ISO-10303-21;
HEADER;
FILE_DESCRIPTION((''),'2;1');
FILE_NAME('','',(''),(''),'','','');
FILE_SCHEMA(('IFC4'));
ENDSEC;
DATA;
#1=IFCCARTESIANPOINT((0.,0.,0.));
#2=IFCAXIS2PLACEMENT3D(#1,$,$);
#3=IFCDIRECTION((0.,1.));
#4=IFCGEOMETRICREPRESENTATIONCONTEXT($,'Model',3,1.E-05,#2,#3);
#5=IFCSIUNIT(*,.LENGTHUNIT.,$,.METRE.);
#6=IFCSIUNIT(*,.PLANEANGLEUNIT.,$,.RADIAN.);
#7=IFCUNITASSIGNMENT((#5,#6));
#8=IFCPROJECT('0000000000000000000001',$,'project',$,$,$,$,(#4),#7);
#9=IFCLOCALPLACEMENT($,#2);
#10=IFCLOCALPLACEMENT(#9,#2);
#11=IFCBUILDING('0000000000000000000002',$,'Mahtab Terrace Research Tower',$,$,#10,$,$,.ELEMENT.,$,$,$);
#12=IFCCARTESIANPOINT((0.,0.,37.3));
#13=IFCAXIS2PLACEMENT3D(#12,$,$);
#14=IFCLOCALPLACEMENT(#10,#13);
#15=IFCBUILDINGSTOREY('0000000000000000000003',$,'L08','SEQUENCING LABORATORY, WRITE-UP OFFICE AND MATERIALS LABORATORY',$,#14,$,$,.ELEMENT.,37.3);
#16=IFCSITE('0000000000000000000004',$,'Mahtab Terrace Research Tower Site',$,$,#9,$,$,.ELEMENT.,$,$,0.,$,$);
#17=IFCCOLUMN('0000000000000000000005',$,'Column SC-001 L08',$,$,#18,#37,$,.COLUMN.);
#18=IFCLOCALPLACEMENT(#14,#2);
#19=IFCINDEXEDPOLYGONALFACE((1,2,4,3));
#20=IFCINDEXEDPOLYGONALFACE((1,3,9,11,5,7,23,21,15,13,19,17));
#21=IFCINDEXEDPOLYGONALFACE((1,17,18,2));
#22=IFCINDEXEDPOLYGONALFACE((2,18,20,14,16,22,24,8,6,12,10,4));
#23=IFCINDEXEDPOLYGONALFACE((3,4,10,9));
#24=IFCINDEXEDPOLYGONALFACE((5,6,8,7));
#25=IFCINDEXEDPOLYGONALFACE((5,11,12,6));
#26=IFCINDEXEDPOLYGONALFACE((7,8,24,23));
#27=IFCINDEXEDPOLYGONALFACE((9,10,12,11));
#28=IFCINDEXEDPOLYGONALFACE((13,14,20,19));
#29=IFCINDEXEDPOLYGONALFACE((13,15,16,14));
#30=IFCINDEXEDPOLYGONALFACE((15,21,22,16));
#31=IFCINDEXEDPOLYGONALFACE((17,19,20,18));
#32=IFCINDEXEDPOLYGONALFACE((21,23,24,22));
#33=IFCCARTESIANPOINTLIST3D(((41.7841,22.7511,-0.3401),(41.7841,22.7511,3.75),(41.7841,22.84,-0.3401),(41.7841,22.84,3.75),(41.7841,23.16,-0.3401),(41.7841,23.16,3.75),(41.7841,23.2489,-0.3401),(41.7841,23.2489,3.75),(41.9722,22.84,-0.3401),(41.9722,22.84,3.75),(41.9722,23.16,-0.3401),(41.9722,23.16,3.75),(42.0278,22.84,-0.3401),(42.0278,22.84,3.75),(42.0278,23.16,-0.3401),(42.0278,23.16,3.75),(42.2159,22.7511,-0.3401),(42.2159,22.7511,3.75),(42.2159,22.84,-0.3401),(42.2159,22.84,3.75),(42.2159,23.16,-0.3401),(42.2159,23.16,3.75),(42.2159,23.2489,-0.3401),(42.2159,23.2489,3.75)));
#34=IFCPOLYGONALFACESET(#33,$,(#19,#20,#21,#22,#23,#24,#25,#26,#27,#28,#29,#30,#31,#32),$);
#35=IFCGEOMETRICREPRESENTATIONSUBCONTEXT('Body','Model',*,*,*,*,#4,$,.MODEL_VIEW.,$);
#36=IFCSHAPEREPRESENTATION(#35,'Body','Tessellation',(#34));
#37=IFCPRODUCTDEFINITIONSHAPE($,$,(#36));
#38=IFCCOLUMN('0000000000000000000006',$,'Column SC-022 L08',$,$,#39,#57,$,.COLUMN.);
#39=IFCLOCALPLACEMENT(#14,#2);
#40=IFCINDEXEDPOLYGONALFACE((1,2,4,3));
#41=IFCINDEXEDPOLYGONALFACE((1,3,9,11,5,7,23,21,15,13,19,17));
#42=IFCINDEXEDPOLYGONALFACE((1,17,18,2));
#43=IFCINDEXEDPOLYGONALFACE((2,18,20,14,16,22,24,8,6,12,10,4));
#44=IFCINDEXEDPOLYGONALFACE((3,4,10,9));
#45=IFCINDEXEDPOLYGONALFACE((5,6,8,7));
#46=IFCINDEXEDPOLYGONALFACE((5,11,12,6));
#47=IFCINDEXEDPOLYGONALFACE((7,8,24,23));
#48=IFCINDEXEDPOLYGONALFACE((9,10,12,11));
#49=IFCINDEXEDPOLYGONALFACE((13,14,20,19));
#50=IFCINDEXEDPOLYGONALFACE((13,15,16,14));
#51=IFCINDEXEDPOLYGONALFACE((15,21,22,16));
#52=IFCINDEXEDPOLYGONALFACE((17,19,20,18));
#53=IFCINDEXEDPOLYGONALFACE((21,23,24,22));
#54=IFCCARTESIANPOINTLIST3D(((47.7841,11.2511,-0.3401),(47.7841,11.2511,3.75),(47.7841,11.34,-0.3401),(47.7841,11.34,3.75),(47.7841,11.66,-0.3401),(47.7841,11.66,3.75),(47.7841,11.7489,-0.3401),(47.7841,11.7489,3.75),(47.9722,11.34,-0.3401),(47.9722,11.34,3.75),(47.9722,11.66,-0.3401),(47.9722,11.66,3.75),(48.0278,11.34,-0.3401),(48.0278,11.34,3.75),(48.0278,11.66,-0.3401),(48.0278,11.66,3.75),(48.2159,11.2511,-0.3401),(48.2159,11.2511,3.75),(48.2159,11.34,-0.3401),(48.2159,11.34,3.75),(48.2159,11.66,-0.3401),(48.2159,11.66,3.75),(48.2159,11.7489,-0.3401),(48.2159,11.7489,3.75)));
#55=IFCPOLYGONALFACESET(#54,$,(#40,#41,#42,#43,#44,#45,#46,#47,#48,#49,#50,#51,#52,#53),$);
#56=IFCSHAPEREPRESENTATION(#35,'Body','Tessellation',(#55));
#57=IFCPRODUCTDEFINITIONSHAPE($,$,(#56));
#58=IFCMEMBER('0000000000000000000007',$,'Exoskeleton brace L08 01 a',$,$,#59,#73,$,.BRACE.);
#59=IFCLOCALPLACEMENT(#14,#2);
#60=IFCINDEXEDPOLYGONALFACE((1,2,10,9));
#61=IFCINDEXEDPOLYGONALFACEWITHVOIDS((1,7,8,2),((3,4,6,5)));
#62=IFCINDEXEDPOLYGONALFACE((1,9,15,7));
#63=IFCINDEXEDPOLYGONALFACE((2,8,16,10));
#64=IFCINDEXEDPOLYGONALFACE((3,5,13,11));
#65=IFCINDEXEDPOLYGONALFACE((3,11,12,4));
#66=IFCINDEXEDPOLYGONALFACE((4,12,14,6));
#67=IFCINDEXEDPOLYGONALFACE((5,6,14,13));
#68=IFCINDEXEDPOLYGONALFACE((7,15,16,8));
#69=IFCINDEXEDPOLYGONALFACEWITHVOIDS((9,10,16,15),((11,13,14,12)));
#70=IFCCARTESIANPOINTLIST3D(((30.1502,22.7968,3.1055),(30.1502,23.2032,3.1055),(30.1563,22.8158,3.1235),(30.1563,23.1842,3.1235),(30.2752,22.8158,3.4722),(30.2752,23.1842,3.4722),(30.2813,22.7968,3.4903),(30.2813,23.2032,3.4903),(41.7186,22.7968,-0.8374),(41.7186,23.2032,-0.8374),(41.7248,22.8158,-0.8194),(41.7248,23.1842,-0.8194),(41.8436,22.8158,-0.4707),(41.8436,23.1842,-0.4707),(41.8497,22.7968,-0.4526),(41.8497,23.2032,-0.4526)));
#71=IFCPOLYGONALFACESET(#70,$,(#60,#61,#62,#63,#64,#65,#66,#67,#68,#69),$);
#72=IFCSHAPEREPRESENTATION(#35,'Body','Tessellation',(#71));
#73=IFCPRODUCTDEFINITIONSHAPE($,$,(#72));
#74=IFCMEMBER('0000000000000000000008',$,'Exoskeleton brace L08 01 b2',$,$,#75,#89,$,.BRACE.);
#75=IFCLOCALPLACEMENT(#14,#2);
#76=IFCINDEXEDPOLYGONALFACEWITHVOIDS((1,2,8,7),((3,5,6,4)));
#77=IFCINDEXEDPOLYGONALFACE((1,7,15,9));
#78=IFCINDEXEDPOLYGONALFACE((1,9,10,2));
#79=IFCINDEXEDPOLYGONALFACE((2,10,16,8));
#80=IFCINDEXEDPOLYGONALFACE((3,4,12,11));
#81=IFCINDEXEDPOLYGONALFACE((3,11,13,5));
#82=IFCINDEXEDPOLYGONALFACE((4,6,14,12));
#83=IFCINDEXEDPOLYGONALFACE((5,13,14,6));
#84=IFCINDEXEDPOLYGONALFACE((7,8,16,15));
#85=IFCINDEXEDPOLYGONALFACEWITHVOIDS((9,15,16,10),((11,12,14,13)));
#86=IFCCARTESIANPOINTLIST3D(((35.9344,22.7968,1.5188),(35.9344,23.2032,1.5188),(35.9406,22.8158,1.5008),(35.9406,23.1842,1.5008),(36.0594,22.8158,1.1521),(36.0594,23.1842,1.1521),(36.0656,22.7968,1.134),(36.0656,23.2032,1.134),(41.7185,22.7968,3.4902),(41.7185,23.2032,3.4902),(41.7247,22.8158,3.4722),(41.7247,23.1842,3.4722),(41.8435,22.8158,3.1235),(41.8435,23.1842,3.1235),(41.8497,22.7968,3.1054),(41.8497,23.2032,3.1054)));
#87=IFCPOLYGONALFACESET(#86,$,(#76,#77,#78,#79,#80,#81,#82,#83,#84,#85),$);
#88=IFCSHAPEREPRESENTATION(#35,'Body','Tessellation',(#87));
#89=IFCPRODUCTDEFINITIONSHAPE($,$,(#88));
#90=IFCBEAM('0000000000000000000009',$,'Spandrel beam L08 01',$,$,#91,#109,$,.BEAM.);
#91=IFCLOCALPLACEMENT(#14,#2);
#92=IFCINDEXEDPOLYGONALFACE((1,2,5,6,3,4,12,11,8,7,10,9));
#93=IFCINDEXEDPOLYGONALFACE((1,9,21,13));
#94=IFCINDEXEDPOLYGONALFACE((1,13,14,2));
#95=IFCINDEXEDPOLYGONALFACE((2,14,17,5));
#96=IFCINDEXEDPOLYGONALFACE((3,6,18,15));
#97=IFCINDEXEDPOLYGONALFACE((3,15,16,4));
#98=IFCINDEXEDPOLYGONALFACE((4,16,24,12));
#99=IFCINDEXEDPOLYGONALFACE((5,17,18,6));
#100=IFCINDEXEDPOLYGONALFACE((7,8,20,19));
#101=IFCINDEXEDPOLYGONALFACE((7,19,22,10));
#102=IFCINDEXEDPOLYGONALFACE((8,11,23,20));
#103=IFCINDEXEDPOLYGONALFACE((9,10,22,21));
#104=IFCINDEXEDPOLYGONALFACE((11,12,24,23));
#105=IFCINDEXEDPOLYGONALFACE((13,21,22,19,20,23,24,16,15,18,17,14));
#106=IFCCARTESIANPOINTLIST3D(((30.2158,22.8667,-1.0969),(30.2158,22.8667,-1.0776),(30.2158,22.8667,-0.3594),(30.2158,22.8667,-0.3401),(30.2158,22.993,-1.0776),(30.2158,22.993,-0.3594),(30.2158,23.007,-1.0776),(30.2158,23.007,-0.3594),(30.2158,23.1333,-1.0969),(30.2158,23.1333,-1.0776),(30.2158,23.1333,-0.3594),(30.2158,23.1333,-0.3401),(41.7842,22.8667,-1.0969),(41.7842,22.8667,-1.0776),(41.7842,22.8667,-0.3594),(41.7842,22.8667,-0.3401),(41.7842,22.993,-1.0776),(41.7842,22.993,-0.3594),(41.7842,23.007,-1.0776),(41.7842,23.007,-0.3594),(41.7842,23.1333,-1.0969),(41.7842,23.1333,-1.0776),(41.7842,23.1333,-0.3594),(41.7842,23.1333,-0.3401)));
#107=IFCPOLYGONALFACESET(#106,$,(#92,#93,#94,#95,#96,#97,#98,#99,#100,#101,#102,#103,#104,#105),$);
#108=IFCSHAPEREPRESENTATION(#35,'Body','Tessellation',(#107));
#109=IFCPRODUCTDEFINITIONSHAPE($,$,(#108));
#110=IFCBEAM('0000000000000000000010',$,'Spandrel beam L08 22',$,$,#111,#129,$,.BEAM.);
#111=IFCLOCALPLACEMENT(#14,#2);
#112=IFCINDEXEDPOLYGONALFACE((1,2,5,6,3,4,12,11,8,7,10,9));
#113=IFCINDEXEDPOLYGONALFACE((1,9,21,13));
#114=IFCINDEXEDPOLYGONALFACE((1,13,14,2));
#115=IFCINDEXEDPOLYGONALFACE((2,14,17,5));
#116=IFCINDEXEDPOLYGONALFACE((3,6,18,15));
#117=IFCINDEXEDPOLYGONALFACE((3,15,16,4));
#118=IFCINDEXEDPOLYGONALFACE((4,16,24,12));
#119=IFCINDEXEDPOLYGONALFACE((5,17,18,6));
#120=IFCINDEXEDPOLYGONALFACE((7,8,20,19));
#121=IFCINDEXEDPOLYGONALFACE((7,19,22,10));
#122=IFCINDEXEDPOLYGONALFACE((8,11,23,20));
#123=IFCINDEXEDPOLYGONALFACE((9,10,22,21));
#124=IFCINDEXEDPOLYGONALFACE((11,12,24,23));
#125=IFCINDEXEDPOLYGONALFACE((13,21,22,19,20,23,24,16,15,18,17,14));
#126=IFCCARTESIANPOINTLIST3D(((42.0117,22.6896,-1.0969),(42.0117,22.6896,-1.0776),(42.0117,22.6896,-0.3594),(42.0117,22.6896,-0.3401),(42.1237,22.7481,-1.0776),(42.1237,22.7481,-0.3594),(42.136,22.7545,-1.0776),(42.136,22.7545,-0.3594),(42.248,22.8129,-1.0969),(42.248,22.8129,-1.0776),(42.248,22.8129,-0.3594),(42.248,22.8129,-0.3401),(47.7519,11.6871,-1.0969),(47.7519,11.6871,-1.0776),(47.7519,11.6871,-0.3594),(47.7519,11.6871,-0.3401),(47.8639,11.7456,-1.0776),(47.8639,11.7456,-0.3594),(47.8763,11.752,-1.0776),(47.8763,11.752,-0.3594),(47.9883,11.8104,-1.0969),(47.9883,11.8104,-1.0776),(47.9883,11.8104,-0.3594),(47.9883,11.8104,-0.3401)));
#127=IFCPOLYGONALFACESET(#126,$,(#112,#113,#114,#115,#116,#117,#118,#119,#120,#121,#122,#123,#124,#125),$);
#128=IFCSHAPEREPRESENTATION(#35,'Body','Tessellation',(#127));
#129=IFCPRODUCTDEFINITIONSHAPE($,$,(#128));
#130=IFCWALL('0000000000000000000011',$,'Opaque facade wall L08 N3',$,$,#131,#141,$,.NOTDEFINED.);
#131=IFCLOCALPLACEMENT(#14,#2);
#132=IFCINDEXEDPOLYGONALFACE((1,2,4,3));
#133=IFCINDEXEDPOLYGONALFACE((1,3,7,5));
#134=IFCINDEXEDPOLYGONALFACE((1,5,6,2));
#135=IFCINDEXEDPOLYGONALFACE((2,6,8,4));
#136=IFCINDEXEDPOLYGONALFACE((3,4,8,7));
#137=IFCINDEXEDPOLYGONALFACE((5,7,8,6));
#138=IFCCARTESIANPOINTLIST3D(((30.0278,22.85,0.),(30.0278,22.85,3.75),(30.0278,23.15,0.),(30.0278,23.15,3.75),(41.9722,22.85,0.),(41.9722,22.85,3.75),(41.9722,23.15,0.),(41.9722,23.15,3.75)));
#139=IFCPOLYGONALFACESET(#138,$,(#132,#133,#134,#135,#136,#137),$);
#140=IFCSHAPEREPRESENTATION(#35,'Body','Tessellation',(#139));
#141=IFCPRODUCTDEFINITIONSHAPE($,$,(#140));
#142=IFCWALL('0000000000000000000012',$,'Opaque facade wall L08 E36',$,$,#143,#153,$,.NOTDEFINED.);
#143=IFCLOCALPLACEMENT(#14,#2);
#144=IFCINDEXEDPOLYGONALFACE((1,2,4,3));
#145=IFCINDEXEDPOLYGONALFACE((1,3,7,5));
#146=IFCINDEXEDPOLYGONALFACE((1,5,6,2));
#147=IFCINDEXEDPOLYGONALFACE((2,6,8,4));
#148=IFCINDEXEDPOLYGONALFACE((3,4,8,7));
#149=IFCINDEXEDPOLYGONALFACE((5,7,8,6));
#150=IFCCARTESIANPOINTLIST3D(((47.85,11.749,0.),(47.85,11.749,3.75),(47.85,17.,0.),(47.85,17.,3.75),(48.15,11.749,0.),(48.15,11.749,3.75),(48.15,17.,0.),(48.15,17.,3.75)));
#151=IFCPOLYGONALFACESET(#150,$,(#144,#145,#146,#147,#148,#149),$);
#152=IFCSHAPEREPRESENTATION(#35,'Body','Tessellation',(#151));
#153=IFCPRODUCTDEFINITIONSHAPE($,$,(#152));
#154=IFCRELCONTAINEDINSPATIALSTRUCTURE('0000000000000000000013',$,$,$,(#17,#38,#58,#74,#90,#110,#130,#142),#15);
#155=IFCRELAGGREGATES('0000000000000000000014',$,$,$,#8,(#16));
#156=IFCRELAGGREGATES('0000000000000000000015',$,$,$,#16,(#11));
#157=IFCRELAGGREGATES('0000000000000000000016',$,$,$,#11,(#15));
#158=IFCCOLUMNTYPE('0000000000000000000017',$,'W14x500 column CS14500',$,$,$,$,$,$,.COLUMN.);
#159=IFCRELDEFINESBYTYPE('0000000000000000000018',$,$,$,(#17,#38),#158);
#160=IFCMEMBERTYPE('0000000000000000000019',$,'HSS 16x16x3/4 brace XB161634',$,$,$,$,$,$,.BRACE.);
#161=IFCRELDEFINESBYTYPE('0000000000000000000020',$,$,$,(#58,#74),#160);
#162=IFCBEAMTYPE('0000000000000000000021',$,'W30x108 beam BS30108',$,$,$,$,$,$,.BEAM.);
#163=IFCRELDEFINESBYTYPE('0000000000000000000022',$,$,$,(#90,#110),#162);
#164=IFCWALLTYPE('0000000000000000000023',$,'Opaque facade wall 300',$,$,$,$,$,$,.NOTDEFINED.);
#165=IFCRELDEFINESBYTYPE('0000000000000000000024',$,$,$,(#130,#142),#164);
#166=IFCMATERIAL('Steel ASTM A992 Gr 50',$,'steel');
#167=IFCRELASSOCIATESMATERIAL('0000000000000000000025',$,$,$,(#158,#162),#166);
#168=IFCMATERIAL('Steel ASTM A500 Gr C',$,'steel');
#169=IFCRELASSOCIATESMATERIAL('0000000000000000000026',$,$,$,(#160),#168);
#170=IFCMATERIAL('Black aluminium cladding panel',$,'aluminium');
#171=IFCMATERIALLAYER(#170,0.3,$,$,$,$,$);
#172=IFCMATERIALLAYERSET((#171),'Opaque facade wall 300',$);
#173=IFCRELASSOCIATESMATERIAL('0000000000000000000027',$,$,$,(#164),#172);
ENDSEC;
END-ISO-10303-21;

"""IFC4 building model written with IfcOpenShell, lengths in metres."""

from ifc_helpers import new_model, si_unit, direction, frame, frame_2d, origin, origin_2d, place, context, subcontext, project, spatial, rectangle, hollow_rectangle, i_section, extrude, material, layer, layer_set, material_profile, profile_set, type_object, element, save


model = new_model("IFC4")

# Units and contexts
model_context = context("Model", 3, precision=1e-05, world=origin(), true_north=direction((0.0, 1.0)))
body_context = subcontext(model_context, "Body", "Model", "MODEL_VIEW")
ifc_project = project(units=[si_unit("LENGTHUNIT", "METRE"), si_unit("PLANEANGLEUNIT", "RADIAN")], contexts=[model_context])

# Site, building, storey
site_placement = place(None, origin())
site = spatial("IfcSite", under=ifc_project, at=site_placement, Name="Mahtab Terrace Research Tower Site", CompositionType="ELEMENT", RefElevation=0.0)
building_placement = place(site_placement, origin())
building = spatial("IfcBuilding", under=site, at=building_placement, Name="Mahtab Terrace Research Tower", CompositionType="ELEMENT")
storey_placement = place(building_placement, frame((0.0, 0.0, 37.3)))
storey = spatial("IfcBuildingStorey", under=building, at=storey_placement, Name="L08", Description="SEQUENCING LABORATORY, WRITE-UP OFFICE AND MATERIALS LABORATORY", CompositionType="ELEMENT", Elevation=37.3)

# Columns
ifc_material_1 = material(Name="Steel ASTM A992 Gr 50", Category="steel")
ifc_material_profile_1 = material_profile(ifc_material_1, i_section(OverallWidth=0.4319, OverallDepth=0.4978, WebThickness=0.0557, FlangeThickness=0.0889, at=origin_2d()), Name="W14X500")
ifc_profile_set_1 = profile_set([ifc_material_profile_1], Name="Steel ASTM A992 Gr 50")
column_type = type_object("IfcColumnType", Name="W14x500 column CS14500", PredefinedType="COLUMN", material=ifc_profile_set_1)
for number, where, z_axis, x_axis, name in (
    (1, (42.0, 23.0, -0.3401), (0.0, 0.0, 1.0), (1.0, 0.0, 0.0), "Column SC-001 L08"),
    (2, (48.0, 11.5, -0.3401), (0.0, 0.0, 1.0), (1.0, 0.0, 0.0), "Column SC-022 L08"),
):
    element("IfcColumn", number, at=place(storey_placement, frame(where, z_axis=z_axis, x_axis=x_axis)), inside=storey, type_object=column_type, Name=name, PredefinedType="COLUMN", context=body_context, shape_type="SweptSolid", body=[
        extrude(i_section(OverallWidth=0.4319, OverallDepth=0.4978, WebThickness=0.0557, FlangeThickness=0.0889, at=origin_2d()), origin(), (0.0, 0.0, 1.0), 4.0901),
    ])

# Members
ifc_material_2 = material(Name="Steel ASTM A500 Gr C", Category="steel")
ifc_material_profile_2 = material_profile(ifc_material_2, hollow_rectangle(XDim=0.4065, YDim=0.4065, WallThickness=0.019, at=origin_2d()), Name="HSS16X16X3/4")
ifc_profile_set_2 = profile_set([ifc_material_profile_2], Name="Steel ASTM A500 Gr C")
member_type = type_object("IfcMemberType", Name="HSS 16x16x3/4 brace XB161634", PredefinedType="BRACE", material=ifc_profile_set_2)
member_1_placement = place(storey_placement, frame((41.7842, 23.0, -0.645), z_axis=(-0.946532, 0.0, 0.322609), x_axis=(0.0, -1.0, 0.0)))
element("IfcMember", 3, at=member_1_placement, inside=storey, type_object=member_type, Name="Exoskeleton brace L08 01 a", PredefinedType="BRACE", context=body_context, shape_type="SweptSolid", body=[
    extrude(hollow_rectangle(XDim=0.4065, YDim=0.4065, WallThickness=0.019, at=origin_2d()), origin(), (0.0, 0.0, 1.0), 12.2219),
])
member_2_placement = place(storey_placement, frame((36.0, 23.0, 1.3264), z_axis=(0.946532, 0.0, 0.322609), x_axis=(0.0, 1.0, 0.0)))
element("IfcMember", 4, at=member_2_placement, inside=storey, type_object=member_type, Name="Exoskeleton brace L08 01 b2", PredefinedType="BRACE", context=body_context, shape_type="SweptSolid", body=[
    extrude(hollow_rectangle(XDim=0.4065, YDim=0.4065, WallThickness=0.019, at=origin_2d()), origin(), (0.0, 0.0, 1.0), 6.1108),
])

# Beams
ifc_material_profile_3 = material_profile(ifc_material_1, i_section(OverallWidth=0.2666, OverallDepth=0.7568, WebThickness=0.0139, FlangeThickness=0.0193, at=origin_2d()), Name="W30X108")
ifc_profile_set_3 = profile_set([ifc_material_profile_3], Name="Steel ASTM A992 Gr 50")
beam_type = type_object("IfcBeamType", Name="W30x108 beam BS30108", PredefinedType="BEAM", material=ifc_profile_set_3)
beam_1_placement = place(storey_placement, frame((41.7842, 23.0, -0.7185), z_axis=(-1.0, 0.0, 0.0), x_axis=(0.0, -1.0, 0.0)))
element("IfcBeam", 5, at=beam_1_placement, inside=storey, type_object=beam_type, Name="Spandrel beam L08 01", PredefinedType="BEAM", context=body_context, shape_type="SweptSolid", body=[
    extrude(i_section(OverallWidth=0.2666, OverallDepth=0.7568, WebThickness=0.0139, FlangeThickness=0.0193, at=origin_2d()), origin(), (0.0, 0.0, 1.0), 11.5684),
])
beam_2_placement = place(storey_placement, frame((47.8701, 11.7488, -0.7185), z_axis=(-0.462555, 0.88659, 0.0), x_axis=(-0.88659, -0.462555, 0.0)))
element("IfcBeam", 6, at=beam_2_placement, inside=storey, type_object=beam_type, Name="Spandrel beam L08 22", PredefinedType="BEAM", context=body_context, shape_type="SweptSolid", body=[
    extrude(i_section(OverallWidth=0.2666, OverallDepth=0.7568, WebThickness=0.0139, FlangeThickness=0.0193, at=origin_2d()), origin(), (0.0, 0.0, 1.0), 12.4099),
])

# Walls
ifc_material_3 = material(Name="Black aluminium cladding panel", Category="aluminium")
ifc_layer_1 = layer(ifc_material_3, 0.3)
ifc_layer_set_1 = layer_set([ifc_layer_1], Name="Opaque facade wall 300")
wall_type_1 = type_object("IfcWallType", Name="Opaque facade wall 300", PredefinedType="NOTDEFINED", material=ifc_layer_set_1)
wall_1_placement = place(storey_placement, frame((41.9722, 23.0, 0.0), z_axis=(0.0, 0.0, 1.0), x_axis=(-1.0, 0.0, 0.0)))
element("IfcWall", 7, at=wall_1_placement, inside=storey, type_object=wall_type_1, Name="Opaque facade wall L08 N3", PredefinedType="NOTDEFINED", context=body_context, shape_type="SweptSolid", body=[
    extrude(rectangle(XDim=11.9443, YDim=0.3, at=frame_2d((5.9722, 0.0))), origin(), (0.0, 0.0, 1.0), 3.75),
])
wall_2_placement = place(storey_placement, frame((48.0, 11.749, 0.0), z_axis=(0.0, 0.0, 1.0), x_axis=(0.0, 1.0, 0.0)))
element("IfcWall", 8, at=wall_2_placement, inside=storey, type_object=wall_type_1, Name="Opaque facade wall L08 E36", PredefinedType="NOTDEFINED", context=body_context, shape_type="SweptSolid", body=[
    extrude(rectangle(XDim=5.251, YDim=0.3, at=frame_2d((2.6255, 0.0))), origin(), (0.0, 0.0, 1.0), 3.75),
])

save(model, "model.ifc")
